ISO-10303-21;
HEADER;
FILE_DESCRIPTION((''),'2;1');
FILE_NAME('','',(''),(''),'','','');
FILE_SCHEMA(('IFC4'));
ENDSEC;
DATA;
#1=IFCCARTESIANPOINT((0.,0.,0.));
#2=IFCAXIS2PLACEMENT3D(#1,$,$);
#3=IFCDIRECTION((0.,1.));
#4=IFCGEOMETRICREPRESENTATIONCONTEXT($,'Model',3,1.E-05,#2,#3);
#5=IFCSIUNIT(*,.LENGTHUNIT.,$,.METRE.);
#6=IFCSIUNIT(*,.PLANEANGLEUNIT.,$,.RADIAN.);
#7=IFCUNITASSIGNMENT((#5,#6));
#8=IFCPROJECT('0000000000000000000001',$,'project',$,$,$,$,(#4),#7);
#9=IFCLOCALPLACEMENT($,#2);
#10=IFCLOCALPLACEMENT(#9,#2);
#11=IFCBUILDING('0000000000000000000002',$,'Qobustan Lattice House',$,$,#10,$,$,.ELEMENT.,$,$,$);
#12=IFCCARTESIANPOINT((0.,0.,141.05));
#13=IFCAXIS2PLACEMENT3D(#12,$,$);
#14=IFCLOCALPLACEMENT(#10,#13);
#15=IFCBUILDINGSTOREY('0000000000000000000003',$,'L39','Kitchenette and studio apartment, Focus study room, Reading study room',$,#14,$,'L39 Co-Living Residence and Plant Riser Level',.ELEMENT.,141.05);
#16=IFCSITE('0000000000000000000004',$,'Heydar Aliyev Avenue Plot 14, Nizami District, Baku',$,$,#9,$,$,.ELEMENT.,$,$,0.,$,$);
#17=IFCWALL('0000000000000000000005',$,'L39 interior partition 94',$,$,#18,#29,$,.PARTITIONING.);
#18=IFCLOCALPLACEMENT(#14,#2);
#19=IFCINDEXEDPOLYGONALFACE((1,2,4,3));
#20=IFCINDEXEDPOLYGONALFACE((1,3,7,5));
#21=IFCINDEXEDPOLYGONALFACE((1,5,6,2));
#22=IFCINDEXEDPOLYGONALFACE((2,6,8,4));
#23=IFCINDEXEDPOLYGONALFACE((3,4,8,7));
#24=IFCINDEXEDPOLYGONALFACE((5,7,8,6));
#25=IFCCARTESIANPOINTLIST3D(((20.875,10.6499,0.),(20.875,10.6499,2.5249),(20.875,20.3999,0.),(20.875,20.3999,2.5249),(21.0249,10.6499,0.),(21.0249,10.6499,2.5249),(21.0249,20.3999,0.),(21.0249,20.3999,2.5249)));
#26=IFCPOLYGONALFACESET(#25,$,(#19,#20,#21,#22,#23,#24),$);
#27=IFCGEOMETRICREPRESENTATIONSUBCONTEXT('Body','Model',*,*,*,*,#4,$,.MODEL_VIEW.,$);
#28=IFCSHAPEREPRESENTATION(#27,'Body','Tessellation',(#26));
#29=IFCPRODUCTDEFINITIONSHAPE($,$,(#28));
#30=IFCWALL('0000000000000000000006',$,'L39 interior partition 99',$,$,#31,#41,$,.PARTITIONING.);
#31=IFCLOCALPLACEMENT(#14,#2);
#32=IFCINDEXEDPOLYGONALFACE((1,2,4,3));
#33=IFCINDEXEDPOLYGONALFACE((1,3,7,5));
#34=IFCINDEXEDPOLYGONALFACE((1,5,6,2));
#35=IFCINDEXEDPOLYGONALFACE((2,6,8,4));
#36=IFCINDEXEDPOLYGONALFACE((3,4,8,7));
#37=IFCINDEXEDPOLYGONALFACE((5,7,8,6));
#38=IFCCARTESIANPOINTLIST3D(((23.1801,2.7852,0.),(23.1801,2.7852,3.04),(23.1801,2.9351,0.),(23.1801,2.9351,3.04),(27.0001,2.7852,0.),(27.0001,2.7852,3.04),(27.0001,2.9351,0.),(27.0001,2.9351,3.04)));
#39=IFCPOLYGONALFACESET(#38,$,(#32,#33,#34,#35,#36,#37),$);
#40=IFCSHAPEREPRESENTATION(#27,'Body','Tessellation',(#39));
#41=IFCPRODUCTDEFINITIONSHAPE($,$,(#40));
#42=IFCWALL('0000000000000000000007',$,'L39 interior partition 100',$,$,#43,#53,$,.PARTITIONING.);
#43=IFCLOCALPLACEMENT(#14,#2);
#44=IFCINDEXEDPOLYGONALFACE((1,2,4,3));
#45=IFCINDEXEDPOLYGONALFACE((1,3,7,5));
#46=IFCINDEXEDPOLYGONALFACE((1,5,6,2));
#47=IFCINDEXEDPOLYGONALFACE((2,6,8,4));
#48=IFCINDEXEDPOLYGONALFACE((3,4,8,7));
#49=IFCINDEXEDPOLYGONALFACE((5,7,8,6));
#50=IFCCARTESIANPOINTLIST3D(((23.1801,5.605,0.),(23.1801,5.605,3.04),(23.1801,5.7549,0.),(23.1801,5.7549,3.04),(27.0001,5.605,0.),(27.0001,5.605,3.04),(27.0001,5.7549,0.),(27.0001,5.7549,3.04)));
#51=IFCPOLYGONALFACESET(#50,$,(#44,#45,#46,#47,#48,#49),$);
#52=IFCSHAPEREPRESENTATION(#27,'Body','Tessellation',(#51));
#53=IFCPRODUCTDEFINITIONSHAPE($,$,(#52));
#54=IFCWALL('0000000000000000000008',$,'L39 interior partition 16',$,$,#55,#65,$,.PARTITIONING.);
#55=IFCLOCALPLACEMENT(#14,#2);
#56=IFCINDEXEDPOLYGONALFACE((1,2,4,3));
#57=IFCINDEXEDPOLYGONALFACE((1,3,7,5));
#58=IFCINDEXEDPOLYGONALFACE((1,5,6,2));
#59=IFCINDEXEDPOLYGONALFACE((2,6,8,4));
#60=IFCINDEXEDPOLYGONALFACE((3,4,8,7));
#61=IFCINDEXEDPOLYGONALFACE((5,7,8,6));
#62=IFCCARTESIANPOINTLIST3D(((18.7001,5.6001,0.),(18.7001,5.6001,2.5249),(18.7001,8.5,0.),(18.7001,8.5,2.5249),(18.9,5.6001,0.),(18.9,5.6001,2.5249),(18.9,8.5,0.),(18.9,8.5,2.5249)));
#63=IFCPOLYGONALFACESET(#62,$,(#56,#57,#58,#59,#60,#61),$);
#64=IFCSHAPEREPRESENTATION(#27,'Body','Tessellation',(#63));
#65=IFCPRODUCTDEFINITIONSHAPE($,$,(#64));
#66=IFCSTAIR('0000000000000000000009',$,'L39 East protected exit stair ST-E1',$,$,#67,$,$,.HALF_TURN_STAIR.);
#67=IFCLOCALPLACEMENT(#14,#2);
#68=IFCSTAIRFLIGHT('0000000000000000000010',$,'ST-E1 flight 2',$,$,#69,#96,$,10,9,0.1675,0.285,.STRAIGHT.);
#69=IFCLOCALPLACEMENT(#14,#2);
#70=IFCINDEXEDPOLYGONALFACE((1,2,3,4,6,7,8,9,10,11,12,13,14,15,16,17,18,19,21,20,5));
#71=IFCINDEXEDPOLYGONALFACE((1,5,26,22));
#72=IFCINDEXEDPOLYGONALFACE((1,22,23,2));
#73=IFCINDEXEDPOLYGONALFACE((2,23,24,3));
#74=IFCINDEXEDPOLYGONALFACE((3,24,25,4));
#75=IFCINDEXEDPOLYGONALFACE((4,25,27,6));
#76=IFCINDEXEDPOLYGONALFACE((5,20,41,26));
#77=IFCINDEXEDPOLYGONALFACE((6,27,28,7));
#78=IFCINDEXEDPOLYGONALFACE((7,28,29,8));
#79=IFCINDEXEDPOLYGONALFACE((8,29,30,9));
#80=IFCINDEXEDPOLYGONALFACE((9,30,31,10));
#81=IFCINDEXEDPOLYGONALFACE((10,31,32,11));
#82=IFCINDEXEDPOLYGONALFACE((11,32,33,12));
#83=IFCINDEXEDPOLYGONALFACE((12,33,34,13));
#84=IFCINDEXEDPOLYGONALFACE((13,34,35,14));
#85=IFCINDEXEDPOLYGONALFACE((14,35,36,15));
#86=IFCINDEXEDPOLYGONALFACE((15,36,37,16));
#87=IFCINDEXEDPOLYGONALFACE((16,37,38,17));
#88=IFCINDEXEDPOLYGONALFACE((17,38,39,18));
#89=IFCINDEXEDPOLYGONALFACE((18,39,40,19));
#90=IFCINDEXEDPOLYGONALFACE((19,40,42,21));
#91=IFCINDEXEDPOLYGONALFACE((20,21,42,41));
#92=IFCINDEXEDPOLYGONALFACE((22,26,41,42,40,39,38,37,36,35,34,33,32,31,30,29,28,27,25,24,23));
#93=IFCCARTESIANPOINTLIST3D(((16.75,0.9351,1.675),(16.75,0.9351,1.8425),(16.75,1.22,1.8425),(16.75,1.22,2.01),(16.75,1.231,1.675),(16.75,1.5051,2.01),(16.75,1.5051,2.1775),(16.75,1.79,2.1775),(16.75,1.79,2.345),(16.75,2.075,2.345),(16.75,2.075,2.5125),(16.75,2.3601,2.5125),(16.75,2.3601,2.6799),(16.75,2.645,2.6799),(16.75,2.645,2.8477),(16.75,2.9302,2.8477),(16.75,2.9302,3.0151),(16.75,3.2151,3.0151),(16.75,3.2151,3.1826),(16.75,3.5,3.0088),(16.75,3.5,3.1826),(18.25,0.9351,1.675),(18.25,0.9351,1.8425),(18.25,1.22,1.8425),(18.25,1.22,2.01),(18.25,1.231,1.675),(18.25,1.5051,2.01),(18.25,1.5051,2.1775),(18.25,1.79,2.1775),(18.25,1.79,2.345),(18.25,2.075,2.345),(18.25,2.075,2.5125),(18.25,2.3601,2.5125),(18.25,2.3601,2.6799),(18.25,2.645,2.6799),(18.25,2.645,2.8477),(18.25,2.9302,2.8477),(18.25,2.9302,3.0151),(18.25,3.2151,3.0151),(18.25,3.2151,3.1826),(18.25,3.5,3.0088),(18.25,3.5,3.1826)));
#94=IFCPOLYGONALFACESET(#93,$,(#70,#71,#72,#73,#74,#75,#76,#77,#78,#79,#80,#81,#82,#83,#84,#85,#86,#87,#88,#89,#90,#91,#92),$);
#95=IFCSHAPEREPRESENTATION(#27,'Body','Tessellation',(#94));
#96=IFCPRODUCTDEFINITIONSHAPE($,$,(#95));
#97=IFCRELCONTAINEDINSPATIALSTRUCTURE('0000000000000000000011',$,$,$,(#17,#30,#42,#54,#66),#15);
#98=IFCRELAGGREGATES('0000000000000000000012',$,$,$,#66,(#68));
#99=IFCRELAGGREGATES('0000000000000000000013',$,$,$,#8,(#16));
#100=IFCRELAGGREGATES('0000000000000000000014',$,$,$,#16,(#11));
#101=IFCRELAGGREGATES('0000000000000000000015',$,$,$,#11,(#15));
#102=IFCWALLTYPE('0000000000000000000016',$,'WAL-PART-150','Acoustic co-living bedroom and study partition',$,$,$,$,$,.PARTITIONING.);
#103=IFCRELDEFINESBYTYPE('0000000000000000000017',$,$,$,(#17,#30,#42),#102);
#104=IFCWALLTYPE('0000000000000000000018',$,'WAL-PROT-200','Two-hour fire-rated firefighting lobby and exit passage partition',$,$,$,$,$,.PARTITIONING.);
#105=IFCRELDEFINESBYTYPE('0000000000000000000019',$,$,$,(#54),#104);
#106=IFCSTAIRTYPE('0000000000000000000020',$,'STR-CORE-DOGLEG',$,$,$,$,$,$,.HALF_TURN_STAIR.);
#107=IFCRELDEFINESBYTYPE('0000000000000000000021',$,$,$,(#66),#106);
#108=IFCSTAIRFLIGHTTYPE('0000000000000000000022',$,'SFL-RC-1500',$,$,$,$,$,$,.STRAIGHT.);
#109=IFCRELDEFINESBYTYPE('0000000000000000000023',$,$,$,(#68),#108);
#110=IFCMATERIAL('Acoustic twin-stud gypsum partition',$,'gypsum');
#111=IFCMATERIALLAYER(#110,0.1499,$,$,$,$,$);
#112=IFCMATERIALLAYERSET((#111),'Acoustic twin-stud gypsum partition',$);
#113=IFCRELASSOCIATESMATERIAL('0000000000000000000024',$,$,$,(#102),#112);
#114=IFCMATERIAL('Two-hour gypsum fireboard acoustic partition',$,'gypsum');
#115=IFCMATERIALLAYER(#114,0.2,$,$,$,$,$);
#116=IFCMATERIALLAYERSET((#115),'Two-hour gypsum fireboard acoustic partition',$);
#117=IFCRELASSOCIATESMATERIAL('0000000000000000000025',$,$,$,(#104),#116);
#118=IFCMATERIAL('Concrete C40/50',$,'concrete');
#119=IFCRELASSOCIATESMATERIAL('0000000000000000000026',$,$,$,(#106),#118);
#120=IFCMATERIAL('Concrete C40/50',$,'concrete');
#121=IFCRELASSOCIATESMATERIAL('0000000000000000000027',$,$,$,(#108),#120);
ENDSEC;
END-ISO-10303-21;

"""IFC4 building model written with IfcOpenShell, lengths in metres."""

from ifc_helpers import new_model, si_unit, direction, frame, frame_2d, origin, place, context, subcontext, project, spatial, polyline, rectangle, outline, extrude, material, layer, layer_set, type_object, element, aggregate, save


model = new_model("IFC4")

# Units and contexts
model_context = context("Model", 3, precision=1e-05, world=origin(), true_north=direction((0.0, 1.0)))
body_context = subcontext(model_context, "Body", "Model", "MODEL_VIEW")
ifc_project = project(units=[si_unit("LENGTHUNIT", "METRE"), si_unit("PLANEANGLEUNIT", "RADIAN")], contexts=[model_context])

# Site, building, storey
site_placement = place(None, origin())
site = spatial("IfcSite", under=ifc_project, at=site_placement, Name="Heydar Aliyev Avenue Plot 14, Nizami District, Baku", CompositionType="ELEMENT", RefElevation=0.0)
building_placement = place(site_placement, origin())
building = spatial("IfcBuilding", under=site, at=building_placement, Name="Qobustan Lattice House", CompositionType="ELEMENT")
storey_placement = place(building_placement, frame((0.0, 0.0, 141.05)))
storey = spatial("IfcBuildingStorey", under=building, at=storey_placement, Name="L39", Description="Kitchenette and studio apartment, Focus study room, Reading study room", LongName="L39 Co-Living Residence and Plant Riser Level", CompositionType="ELEMENT", Elevation=141.05)

# Shared definitions
ifc_material_1 = material(Name="Acoustic twin-stud gypsum partition", Category="gypsum")
ifc_layer_1 = layer(ifc_material_1, 0.1499)
ifc_layer_set_1 = layer_set([ifc_layer_1], Name="Acoustic twin-stud gypsum partition")
wall_type_1 = type_object("IfcWallType", Name="WAL-PART-150", Description="Acoustic co-living bedroom and study partition", PredefinedType="PARTITIONING", material=ifc_layer_set_1)

# Walls
wall_1_placement = place(storey_placement, frame((20.95, 10.6499, 0.0), z_axis=(0.0, 0.0, 1.0), x_axis=(0.0, 1.0, 0.0)))
element("IfcWall", 1, at=wall_1_placement, inside=storey, type_object=wall_type_1, Name="L39 interior partition 94", PredefinedType="PARTITIONING", context=body_context, shape_type="SweptSolid", body=[
    extrude(rectangle(XDim=9.75, YDim=0.1499, at=frame_2d((4.875, 0.0))), origin(), (0.0, 0.0, 1.0), 2.5249),
])
for number, where, z_axis, x_axis, name in (
    (2, (23.1799, 2.8601, 0.0), (0.0, 0.0, 1.0), (1.0, 0.0, 0.0), "L39 interior partition 99"),
    (3, (23.1799, 5.6799, 0.0), (0.0, 0.0, 1.0), (1.0, 0.0, 0.0), "L39 interior partition 100"),
):
    element("IfcWall", number, at=place(storey_placement, frame(where, z_axis=z_axis, x_axis=x_axis)), inside=storey, type_object=wall_type_1, Name=name, PredefinedType="PARTITIONING", context=body_context, shape_type="SweptSolid", body=[
        extrude(rectangle(XDim=3.8201, YDim=0.1499, at=frame_2d((1.9102, 0.0))), origin(), (0.0, 0.0, 1.0), 3.04),
    ])

# Shared definitions
ifc_material_2 = material(Name="Two-hour gypsum fireboard acoustic partition", Category="gypsum")
ifc_layer_2 = layer(ifc_material_2, 0.2)
ifc_layer_set_2 = layer_set([ifc_layer_2], Name="Two-hour gypsum fireboard acoustic partition")
wall_type_2 = type_object("IfcWallType", Name="WAL-PROT-200", Description="Two-hour fire-rated firefighting lobby and exit passage partition", PredefinedType="PARTITIONING", material=ifc_layer_set_2)

# Wall
wall_2_placement = place(storey_placement, frame((18.8, 5.6001, 0.0), z_axis=(0.0, 0.0, 1.0), x_axis=(0.0, 1.0, 0.0)))
element("IfcWall", 4, at=wall_2_placement, inside=storey, type_object=wall_type_2, Name="L39 interior partition 16", PredefinedType="PARTITIONING", context=body_context, shape_type="SweptSolid", body=[
    extrude(rectangle(XDim=2.8999, YDim=0.2, at=frame_2d((1.45, 0.0))), origin(), (0.0, 0.0, 1.0), 2.5249),
])

# Stair, stair flight
ifc_material_3 = material(Name="Concrete C40/50", Category="concrete")
stair_type = type_object("IfcStairType", Name="STR-CORE-DOGLEG", PredefinedType="HALF_TURN_STAIR", material=ifc_material_3)
stair_placement = place(storey_placement, origin())
stair = element("IfcStair", 5, at=stair_placement, inside=storey, type_object=stair_type, Name="L39 East protected exit stair ST-E1", PredefinedType="HALF_TURN_STAIR")
ifc_material_4 = material(Name="Concrete C40/50", Category="concrete")
stair_flight_type = type_object("IfcStairFlightType", Name="SFL-RC-1500", PredefinedType="STRAIGHT", material=ifc_material_4)
stair_flight_placement = place(storey_placement, frame((17.5, 0.9351, 1.675), z_axis=(0.0, 0.0, 1.0), x_axis=(0.0, 1.0, 0.0)))
stair_flight = element("IfcStairFlight", 6, at=stair_flight_placement, type_object=stair_flight_type, Name="ST-E1 flight 2", NumberOfRisers=10, NumberOfTreads=9, PredefinedType="STRAIGHT", RiserHeight=0.1675, TreadLength=0.285, context=body_context, shape_type="SweptSolid", body=[
    extrude(outline(polyline([(0.0, 0.0), (0.0, 0.1675), (0.2849, 0.1675), (0.2849, 0.335), (0.5701, 0.335), (0.5701, 0.5024), (0.855, 0.5024), (0.855, 0.6699), (1.1399, 0.6699), (1.1399, 0.8374), (1.425, 0.8374), (1.425, 1.0049), (1.71, 1.0049), (1.71, 1.1726), (1.9951, 1.1726), (1.9951, 1.3401), (2.28, 1.3401), (2.28, 1.5076), (2.5649, 1.5076), (2.5649, 1.675), (2.5649, 1.3337), (0.2959, 0.0), (0.0, 0.0)])), frame((0.0, 0.75, 0.0), z_axis=(0.0, -1.0, 0.0), x_axis=(1.0, 0.0, 0.0)), (0.0, 0.0, 1.0), 1.5),
])
aggregate(stair, [stair_flight])

save(model, "model.ifc")
